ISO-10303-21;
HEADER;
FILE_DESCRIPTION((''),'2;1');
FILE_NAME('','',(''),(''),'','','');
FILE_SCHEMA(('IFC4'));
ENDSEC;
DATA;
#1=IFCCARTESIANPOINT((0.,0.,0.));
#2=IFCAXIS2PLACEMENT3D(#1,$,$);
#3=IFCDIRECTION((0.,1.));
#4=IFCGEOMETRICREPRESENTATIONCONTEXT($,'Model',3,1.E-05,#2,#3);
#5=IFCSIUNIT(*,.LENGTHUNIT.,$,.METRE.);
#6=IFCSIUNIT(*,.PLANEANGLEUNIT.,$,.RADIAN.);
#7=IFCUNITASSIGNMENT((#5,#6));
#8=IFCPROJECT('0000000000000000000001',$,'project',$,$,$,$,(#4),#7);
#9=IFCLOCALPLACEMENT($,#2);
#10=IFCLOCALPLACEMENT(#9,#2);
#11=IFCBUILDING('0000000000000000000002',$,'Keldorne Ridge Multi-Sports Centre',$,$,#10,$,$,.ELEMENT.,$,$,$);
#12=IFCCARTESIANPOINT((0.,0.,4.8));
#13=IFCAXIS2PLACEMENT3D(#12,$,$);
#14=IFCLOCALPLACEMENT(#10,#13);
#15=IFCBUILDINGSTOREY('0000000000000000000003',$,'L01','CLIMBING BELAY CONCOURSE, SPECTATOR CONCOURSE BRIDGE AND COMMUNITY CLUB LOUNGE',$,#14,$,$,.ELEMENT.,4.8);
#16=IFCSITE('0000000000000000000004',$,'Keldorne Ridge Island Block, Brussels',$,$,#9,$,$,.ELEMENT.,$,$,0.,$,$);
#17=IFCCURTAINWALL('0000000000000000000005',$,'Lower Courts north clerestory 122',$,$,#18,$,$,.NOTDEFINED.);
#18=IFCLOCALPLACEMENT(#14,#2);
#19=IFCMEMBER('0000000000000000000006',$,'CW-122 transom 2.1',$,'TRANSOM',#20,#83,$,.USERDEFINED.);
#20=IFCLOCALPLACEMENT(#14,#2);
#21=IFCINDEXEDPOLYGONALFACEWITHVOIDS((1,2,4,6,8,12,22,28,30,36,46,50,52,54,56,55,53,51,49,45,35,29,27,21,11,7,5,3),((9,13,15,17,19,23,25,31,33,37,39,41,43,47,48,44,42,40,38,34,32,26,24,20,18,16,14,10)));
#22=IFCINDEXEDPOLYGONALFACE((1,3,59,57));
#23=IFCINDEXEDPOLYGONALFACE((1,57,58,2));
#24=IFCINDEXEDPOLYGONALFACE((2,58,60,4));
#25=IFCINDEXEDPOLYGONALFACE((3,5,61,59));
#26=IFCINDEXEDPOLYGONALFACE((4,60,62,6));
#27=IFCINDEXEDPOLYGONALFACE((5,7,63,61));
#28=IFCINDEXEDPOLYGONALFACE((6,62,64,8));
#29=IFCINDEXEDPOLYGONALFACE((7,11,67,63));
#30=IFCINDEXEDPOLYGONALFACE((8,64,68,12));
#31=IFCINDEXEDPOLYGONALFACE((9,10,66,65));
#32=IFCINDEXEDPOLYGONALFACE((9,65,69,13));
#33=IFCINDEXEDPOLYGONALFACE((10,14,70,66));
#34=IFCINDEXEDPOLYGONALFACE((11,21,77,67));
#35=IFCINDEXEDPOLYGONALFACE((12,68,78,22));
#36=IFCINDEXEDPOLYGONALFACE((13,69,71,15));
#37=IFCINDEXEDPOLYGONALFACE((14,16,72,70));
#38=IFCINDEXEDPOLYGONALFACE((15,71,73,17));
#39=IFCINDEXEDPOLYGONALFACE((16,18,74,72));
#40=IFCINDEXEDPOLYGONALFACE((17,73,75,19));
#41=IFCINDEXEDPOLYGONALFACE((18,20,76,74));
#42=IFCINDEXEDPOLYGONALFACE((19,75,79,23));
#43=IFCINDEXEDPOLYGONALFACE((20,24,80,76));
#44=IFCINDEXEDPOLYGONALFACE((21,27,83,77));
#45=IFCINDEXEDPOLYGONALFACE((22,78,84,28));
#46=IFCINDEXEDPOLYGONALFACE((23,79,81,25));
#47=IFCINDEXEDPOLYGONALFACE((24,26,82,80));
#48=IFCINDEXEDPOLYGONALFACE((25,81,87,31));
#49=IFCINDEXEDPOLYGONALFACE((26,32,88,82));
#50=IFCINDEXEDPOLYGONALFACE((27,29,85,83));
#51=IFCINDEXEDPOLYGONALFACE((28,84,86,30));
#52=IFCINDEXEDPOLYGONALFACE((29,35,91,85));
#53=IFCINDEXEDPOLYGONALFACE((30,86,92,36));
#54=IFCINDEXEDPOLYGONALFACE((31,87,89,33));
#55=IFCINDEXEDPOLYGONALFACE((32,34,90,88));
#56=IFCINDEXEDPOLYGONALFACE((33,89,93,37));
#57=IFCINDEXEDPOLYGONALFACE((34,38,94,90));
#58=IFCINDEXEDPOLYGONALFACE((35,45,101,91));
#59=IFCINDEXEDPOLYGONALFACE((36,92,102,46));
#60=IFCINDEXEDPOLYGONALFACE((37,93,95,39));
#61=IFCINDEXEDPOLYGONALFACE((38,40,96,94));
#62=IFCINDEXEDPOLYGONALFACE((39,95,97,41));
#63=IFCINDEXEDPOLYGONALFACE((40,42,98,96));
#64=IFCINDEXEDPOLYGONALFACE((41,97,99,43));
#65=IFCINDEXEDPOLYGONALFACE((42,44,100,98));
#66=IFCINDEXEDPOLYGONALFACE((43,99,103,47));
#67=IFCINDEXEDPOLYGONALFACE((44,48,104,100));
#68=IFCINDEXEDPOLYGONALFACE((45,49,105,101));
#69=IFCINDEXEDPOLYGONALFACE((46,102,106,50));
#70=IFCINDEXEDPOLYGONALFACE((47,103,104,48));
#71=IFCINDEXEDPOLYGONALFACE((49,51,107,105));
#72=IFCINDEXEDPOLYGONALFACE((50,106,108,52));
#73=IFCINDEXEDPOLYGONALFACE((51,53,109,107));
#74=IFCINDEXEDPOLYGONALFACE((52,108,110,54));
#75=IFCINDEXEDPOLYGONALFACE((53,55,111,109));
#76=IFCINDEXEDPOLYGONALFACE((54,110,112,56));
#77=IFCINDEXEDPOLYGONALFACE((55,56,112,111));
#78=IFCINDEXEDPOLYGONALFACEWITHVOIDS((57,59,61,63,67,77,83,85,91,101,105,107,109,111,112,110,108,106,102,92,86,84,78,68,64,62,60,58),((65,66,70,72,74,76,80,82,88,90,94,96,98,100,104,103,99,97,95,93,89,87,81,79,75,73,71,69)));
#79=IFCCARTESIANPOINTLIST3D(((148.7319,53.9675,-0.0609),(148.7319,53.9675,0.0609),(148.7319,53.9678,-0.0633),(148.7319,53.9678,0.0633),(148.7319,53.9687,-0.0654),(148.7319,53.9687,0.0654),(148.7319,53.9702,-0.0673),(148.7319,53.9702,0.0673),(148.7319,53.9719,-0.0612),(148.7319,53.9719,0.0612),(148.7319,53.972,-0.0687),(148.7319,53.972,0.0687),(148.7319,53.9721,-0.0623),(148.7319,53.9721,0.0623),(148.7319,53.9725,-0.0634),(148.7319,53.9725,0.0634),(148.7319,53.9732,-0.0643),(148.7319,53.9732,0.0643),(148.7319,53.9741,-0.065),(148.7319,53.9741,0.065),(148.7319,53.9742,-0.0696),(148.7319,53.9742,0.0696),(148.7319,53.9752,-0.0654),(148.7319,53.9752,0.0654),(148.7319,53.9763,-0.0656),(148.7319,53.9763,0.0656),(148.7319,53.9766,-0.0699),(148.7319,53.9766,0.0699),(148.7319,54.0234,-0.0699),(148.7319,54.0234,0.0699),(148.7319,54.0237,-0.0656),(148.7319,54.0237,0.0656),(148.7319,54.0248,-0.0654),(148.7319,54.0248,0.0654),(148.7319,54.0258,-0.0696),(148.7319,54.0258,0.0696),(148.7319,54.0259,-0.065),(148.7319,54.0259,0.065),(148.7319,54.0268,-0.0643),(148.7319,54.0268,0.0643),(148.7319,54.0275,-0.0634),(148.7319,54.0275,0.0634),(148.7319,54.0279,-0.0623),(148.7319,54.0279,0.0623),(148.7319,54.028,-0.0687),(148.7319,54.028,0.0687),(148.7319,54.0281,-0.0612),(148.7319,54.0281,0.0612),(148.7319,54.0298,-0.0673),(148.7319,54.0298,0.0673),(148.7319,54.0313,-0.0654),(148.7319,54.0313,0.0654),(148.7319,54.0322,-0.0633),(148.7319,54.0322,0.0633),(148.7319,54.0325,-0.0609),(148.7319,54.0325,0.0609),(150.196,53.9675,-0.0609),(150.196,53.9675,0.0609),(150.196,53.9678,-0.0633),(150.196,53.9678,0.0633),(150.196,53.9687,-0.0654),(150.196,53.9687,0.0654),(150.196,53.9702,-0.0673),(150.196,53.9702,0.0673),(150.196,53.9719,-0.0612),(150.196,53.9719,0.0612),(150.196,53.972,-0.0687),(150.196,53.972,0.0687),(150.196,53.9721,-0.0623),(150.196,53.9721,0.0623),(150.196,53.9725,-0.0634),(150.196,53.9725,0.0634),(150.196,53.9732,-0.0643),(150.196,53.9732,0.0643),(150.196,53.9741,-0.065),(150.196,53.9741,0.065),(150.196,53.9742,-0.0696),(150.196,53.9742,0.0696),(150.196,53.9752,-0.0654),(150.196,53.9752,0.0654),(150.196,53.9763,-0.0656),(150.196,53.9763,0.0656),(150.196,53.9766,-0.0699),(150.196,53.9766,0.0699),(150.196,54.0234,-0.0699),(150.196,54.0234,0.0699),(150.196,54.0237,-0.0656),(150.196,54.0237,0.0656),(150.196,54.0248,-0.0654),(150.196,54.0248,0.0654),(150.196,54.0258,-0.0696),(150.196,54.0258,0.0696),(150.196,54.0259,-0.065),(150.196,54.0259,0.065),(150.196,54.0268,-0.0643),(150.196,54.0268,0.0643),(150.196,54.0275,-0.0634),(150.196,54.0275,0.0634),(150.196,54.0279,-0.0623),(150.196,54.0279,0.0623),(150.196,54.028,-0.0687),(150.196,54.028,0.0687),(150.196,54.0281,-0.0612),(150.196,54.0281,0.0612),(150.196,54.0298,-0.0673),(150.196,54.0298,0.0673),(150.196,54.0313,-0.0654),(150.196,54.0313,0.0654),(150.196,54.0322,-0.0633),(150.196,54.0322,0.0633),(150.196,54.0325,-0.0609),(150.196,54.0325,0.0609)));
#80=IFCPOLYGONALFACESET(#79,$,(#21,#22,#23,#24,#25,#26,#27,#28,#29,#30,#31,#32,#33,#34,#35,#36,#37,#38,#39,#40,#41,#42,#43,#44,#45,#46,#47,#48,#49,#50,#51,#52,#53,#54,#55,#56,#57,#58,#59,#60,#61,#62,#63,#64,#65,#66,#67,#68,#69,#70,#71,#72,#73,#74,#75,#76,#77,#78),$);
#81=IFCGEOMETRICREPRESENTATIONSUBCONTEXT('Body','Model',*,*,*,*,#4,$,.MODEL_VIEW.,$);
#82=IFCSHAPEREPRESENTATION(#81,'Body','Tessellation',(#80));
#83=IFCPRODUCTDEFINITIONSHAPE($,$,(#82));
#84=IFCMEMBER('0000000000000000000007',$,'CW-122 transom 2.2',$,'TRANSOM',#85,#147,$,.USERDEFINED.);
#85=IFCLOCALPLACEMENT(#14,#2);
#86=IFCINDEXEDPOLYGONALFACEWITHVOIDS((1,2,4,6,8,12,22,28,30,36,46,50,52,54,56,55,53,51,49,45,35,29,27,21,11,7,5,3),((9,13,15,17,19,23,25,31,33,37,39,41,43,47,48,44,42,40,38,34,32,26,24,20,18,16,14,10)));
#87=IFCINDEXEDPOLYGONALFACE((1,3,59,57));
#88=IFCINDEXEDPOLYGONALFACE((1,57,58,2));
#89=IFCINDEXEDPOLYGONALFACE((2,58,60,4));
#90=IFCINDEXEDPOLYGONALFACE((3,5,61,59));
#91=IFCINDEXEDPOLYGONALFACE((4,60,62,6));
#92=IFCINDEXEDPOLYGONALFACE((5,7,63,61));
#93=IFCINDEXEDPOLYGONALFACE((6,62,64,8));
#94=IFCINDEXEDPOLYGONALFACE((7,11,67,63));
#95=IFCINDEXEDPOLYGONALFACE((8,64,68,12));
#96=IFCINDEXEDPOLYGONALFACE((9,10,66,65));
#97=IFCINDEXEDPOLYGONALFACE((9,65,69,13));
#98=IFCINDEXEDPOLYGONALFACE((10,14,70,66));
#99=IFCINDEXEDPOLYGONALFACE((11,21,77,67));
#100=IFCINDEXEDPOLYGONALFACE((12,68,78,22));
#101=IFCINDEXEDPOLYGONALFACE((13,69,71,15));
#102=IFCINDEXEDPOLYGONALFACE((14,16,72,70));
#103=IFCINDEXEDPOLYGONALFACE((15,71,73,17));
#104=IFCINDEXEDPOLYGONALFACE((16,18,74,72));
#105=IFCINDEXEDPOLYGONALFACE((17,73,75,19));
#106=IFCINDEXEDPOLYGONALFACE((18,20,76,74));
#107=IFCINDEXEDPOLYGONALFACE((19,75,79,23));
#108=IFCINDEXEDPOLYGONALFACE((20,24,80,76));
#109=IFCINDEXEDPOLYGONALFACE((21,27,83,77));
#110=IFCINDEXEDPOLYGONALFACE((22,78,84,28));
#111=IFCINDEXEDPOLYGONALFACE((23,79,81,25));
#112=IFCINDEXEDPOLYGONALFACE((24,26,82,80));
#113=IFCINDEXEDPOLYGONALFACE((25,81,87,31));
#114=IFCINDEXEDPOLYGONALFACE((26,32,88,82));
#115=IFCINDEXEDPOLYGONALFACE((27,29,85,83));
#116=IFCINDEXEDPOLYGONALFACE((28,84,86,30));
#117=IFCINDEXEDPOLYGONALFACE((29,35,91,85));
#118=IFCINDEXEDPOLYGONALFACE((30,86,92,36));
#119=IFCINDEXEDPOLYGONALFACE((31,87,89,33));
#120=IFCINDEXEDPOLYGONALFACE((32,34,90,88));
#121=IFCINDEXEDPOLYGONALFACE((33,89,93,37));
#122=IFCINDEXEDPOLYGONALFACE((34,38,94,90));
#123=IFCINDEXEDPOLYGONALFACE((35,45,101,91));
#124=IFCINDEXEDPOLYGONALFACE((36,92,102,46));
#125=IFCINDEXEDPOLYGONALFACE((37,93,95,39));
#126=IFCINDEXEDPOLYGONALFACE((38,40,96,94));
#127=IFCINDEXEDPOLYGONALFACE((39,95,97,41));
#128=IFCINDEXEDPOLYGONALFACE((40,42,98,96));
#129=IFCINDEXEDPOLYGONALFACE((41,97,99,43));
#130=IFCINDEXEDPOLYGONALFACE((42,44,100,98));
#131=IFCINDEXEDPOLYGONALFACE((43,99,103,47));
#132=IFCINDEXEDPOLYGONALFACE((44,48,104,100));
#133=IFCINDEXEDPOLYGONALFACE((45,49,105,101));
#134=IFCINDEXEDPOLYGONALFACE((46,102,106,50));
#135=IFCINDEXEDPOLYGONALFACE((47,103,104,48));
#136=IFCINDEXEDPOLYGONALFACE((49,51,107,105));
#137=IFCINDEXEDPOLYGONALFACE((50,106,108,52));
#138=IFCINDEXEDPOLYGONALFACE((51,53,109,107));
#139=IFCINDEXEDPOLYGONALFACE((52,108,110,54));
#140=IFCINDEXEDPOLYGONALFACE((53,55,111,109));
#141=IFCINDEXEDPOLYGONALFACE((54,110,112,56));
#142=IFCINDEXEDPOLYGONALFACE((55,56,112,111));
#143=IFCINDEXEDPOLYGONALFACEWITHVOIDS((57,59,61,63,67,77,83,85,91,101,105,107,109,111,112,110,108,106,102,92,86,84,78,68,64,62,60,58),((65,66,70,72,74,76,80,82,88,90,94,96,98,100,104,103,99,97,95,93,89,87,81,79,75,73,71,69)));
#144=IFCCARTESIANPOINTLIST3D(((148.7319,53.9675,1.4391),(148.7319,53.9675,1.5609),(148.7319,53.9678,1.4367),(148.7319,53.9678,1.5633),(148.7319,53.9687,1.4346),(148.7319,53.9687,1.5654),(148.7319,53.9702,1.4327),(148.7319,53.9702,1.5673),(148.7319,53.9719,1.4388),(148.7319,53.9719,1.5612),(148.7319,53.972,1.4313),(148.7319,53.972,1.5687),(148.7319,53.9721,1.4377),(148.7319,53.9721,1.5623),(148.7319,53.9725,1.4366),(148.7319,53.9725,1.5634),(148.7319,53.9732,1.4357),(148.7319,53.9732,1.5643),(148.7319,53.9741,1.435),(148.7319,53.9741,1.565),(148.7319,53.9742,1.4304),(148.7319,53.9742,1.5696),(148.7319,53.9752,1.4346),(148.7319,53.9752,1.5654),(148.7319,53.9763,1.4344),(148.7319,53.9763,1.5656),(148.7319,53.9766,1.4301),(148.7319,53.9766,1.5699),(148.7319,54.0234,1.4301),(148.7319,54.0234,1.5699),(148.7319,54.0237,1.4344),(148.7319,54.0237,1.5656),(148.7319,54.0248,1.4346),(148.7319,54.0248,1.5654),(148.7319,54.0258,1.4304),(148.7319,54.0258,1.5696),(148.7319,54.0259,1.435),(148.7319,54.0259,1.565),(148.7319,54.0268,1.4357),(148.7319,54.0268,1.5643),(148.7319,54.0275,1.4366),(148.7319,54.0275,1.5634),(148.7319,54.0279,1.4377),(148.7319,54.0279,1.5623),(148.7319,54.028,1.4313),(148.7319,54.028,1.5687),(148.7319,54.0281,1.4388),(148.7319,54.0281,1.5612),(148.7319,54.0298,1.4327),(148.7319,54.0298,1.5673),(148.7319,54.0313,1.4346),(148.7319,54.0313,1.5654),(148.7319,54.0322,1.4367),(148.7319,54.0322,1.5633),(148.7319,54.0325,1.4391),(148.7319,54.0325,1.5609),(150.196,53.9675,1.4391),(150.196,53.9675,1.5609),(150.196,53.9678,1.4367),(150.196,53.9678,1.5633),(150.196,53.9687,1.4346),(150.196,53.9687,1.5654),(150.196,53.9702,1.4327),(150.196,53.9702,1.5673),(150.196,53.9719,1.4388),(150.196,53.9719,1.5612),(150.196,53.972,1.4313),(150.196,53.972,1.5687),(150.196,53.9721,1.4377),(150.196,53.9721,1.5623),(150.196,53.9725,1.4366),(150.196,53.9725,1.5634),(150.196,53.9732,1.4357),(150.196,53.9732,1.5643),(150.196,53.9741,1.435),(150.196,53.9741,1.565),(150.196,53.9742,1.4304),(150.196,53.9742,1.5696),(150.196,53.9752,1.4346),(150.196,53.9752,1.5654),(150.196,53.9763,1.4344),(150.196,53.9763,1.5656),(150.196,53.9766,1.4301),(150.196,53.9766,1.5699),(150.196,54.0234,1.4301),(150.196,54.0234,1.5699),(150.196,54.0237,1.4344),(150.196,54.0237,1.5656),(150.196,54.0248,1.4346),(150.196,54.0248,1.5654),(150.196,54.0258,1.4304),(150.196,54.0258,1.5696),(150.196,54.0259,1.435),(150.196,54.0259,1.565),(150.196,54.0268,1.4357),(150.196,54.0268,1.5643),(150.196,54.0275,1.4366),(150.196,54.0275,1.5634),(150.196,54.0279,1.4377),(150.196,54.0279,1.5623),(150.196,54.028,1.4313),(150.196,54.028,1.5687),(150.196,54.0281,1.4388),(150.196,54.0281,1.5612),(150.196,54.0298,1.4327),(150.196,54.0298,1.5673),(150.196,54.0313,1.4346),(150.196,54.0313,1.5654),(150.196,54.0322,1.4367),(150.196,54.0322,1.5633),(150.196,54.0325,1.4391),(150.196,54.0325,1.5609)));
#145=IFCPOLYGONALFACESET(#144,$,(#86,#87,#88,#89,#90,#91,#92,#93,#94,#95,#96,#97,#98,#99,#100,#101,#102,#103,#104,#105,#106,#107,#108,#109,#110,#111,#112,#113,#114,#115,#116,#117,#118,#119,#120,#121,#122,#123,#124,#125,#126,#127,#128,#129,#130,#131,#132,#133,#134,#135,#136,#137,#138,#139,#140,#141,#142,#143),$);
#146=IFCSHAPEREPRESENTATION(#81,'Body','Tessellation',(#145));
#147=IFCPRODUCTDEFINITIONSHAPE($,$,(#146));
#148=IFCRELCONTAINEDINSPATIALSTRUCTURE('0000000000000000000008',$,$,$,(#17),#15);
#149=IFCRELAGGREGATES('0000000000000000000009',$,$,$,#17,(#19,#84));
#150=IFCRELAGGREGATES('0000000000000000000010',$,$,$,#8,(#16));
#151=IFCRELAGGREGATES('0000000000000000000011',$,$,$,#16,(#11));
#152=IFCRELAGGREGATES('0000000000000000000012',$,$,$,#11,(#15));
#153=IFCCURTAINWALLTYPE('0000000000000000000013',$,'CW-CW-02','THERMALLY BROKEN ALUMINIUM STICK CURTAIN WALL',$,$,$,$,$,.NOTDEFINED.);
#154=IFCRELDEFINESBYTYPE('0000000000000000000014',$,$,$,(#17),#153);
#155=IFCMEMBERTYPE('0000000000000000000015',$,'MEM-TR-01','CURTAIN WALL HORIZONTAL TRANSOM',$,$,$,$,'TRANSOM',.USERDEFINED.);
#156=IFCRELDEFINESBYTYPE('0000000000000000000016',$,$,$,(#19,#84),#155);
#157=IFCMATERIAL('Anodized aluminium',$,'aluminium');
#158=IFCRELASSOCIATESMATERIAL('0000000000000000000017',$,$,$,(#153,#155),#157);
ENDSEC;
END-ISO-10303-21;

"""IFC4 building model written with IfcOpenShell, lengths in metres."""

from ifc_helpers import new_model, si_unit, direction, frame, origin, origin_2d, place, context, subcontext, project, spatial, hollow_rectangle, extrude, material, material_profile, profile_set, type_object, element, aggregate, save


model = new_model("IFC4")

# Units and contexts
model_context = context("Model", 3, precision=1e-05, world=origin(), true_north=direction((0.0, 1.0)))
body_context = subcontext(model_context, "Body", "Model", "MODEL_VIEW")
ifc_project = project(units=[si_unit("LENGTHUNIT", "METRE"), si_unit("PLANEANGLEUNIT", "RADIAN")], contexts=[model_context])

# Site, building, storey
site_placement = place(None, origin())
site = spatial("IfcSite", under=ifc_project, at=site_placement, Name="Keldorne Ridge Island Block, Brussels", CompositionType="ELEMENT", RefElevation=0.0)
building_placement = place(site_placement, origin())
building = spatial("IfcBuilding", under=site, at=building_placement, Name="Keldorne Ridge Multi-Sports Centre", CompositionType="ELEMENT")
storey_placement = place(building_placement, frame((0.0, 0.0, 4.8)))
storey = spatial("IfcBuildingStorey", under=building, at=storey_placement, Name="L01", Description="CLIMBING BELAY CONCOURSE, SPECTATOR CONCOURSE BRIDGE AND COMMUNITY CLUB LOUNGE", CompositionType="ELEMENT", Elevation=4.8)

# Curtain wall, members
ifc_material_1 = material(Name="Anodized aluminium", Category="aluminium")
curtain_wall_type = type_object("IfcCurtainWallType", Name="CW-CW-02", Description="THERMALLY BROKEN ALUMINIUM STICK CURTAIN WALL", PredefinedType="NOTDEFINED", material=ifc_material_1)
curtain_wall_placement = place(storey_placement, origin())
curtain_wall = element("IfcCurtainWall", 1, at=curtain_wall_placement, inside=storey, type_object=curtain_wall_type, Name="Lower Courts north clerestory 122", PredefinedType="NOTDEFINED")
ifc_material_profile_1 = material_profile(ifc_material_1, hollow_rectangle(XDim=0.0649, YDim=0.1399, WallThickness=0.0044, InnerFilletRadius=0.0044, OuterFilletRadius=0.009, at=origin_2d()), Name="ALU TRANSOM 140x65x4.5")
ifc_profile_set_1 = profile_set([ifc_material_profile_1], Name="Anodized aluminium")
member_type_1 = type_object("IfcMemberType", Name="MEM-TR-01", Description="CURTAIN WALL HORIZONTAL TRANSOM", ElementType="TRANSOM", PredefinedType="USERDEFINED", material=ifc_profile_set_1)
member_1_placement = place(storey_placement, frame((150.196, 54.0, 0.0), z_axis=(-1.0, 0.0, 0.0), x_axis=(0.0, -1.0, 0.0)))
member_1 = element("IfcMember", 2, at=member_1_placement, type_object=member_type_1, Name="CW-122 transom 2.1", ObjectType="TRANSOM", PredefinedType="USERDEFINED", context=body_context, shape_type="SweptSolid", body=[
    extrude(hollow_rectangle(XDim=0.0649, YDim=0.1399, WallThickness=0.0044, InnerFilletRadius=0.0044, OuterFilletRadius=0.009, at=origin_2d()), origin(), (0.0, 0.0, 1.0), 1.4641),
])
member_2_placement = place(storey_placement, frame((150.196, 54.0, 1.5), z_axis=(-1.0, 0.0, 0.0), x_axis=(0.0, -1.0, 0.0)))
member_2 = element("IfcMember", 3, at=member_2_placement, type_object=member_type_1, Name="CW-122 transom 2.2", ObjectType="TRANSOM", PredefinedType="USERDEFINED", context=body_context, shape_type="SweptSolid", body=[
    extrude(hollow_rectangle(XDim=0.0649, YDim=0.1399, WallThickness=0.0044, InnerFilletRadius=0.0044, OuterFilletRadius=0.009, at=origin_2d()), origin(), (0.0, 0.0, 1.0), 1.4641),
])
aggregate(curtain_wall, [member_1, member_2])

save(model, "model.ifc")
